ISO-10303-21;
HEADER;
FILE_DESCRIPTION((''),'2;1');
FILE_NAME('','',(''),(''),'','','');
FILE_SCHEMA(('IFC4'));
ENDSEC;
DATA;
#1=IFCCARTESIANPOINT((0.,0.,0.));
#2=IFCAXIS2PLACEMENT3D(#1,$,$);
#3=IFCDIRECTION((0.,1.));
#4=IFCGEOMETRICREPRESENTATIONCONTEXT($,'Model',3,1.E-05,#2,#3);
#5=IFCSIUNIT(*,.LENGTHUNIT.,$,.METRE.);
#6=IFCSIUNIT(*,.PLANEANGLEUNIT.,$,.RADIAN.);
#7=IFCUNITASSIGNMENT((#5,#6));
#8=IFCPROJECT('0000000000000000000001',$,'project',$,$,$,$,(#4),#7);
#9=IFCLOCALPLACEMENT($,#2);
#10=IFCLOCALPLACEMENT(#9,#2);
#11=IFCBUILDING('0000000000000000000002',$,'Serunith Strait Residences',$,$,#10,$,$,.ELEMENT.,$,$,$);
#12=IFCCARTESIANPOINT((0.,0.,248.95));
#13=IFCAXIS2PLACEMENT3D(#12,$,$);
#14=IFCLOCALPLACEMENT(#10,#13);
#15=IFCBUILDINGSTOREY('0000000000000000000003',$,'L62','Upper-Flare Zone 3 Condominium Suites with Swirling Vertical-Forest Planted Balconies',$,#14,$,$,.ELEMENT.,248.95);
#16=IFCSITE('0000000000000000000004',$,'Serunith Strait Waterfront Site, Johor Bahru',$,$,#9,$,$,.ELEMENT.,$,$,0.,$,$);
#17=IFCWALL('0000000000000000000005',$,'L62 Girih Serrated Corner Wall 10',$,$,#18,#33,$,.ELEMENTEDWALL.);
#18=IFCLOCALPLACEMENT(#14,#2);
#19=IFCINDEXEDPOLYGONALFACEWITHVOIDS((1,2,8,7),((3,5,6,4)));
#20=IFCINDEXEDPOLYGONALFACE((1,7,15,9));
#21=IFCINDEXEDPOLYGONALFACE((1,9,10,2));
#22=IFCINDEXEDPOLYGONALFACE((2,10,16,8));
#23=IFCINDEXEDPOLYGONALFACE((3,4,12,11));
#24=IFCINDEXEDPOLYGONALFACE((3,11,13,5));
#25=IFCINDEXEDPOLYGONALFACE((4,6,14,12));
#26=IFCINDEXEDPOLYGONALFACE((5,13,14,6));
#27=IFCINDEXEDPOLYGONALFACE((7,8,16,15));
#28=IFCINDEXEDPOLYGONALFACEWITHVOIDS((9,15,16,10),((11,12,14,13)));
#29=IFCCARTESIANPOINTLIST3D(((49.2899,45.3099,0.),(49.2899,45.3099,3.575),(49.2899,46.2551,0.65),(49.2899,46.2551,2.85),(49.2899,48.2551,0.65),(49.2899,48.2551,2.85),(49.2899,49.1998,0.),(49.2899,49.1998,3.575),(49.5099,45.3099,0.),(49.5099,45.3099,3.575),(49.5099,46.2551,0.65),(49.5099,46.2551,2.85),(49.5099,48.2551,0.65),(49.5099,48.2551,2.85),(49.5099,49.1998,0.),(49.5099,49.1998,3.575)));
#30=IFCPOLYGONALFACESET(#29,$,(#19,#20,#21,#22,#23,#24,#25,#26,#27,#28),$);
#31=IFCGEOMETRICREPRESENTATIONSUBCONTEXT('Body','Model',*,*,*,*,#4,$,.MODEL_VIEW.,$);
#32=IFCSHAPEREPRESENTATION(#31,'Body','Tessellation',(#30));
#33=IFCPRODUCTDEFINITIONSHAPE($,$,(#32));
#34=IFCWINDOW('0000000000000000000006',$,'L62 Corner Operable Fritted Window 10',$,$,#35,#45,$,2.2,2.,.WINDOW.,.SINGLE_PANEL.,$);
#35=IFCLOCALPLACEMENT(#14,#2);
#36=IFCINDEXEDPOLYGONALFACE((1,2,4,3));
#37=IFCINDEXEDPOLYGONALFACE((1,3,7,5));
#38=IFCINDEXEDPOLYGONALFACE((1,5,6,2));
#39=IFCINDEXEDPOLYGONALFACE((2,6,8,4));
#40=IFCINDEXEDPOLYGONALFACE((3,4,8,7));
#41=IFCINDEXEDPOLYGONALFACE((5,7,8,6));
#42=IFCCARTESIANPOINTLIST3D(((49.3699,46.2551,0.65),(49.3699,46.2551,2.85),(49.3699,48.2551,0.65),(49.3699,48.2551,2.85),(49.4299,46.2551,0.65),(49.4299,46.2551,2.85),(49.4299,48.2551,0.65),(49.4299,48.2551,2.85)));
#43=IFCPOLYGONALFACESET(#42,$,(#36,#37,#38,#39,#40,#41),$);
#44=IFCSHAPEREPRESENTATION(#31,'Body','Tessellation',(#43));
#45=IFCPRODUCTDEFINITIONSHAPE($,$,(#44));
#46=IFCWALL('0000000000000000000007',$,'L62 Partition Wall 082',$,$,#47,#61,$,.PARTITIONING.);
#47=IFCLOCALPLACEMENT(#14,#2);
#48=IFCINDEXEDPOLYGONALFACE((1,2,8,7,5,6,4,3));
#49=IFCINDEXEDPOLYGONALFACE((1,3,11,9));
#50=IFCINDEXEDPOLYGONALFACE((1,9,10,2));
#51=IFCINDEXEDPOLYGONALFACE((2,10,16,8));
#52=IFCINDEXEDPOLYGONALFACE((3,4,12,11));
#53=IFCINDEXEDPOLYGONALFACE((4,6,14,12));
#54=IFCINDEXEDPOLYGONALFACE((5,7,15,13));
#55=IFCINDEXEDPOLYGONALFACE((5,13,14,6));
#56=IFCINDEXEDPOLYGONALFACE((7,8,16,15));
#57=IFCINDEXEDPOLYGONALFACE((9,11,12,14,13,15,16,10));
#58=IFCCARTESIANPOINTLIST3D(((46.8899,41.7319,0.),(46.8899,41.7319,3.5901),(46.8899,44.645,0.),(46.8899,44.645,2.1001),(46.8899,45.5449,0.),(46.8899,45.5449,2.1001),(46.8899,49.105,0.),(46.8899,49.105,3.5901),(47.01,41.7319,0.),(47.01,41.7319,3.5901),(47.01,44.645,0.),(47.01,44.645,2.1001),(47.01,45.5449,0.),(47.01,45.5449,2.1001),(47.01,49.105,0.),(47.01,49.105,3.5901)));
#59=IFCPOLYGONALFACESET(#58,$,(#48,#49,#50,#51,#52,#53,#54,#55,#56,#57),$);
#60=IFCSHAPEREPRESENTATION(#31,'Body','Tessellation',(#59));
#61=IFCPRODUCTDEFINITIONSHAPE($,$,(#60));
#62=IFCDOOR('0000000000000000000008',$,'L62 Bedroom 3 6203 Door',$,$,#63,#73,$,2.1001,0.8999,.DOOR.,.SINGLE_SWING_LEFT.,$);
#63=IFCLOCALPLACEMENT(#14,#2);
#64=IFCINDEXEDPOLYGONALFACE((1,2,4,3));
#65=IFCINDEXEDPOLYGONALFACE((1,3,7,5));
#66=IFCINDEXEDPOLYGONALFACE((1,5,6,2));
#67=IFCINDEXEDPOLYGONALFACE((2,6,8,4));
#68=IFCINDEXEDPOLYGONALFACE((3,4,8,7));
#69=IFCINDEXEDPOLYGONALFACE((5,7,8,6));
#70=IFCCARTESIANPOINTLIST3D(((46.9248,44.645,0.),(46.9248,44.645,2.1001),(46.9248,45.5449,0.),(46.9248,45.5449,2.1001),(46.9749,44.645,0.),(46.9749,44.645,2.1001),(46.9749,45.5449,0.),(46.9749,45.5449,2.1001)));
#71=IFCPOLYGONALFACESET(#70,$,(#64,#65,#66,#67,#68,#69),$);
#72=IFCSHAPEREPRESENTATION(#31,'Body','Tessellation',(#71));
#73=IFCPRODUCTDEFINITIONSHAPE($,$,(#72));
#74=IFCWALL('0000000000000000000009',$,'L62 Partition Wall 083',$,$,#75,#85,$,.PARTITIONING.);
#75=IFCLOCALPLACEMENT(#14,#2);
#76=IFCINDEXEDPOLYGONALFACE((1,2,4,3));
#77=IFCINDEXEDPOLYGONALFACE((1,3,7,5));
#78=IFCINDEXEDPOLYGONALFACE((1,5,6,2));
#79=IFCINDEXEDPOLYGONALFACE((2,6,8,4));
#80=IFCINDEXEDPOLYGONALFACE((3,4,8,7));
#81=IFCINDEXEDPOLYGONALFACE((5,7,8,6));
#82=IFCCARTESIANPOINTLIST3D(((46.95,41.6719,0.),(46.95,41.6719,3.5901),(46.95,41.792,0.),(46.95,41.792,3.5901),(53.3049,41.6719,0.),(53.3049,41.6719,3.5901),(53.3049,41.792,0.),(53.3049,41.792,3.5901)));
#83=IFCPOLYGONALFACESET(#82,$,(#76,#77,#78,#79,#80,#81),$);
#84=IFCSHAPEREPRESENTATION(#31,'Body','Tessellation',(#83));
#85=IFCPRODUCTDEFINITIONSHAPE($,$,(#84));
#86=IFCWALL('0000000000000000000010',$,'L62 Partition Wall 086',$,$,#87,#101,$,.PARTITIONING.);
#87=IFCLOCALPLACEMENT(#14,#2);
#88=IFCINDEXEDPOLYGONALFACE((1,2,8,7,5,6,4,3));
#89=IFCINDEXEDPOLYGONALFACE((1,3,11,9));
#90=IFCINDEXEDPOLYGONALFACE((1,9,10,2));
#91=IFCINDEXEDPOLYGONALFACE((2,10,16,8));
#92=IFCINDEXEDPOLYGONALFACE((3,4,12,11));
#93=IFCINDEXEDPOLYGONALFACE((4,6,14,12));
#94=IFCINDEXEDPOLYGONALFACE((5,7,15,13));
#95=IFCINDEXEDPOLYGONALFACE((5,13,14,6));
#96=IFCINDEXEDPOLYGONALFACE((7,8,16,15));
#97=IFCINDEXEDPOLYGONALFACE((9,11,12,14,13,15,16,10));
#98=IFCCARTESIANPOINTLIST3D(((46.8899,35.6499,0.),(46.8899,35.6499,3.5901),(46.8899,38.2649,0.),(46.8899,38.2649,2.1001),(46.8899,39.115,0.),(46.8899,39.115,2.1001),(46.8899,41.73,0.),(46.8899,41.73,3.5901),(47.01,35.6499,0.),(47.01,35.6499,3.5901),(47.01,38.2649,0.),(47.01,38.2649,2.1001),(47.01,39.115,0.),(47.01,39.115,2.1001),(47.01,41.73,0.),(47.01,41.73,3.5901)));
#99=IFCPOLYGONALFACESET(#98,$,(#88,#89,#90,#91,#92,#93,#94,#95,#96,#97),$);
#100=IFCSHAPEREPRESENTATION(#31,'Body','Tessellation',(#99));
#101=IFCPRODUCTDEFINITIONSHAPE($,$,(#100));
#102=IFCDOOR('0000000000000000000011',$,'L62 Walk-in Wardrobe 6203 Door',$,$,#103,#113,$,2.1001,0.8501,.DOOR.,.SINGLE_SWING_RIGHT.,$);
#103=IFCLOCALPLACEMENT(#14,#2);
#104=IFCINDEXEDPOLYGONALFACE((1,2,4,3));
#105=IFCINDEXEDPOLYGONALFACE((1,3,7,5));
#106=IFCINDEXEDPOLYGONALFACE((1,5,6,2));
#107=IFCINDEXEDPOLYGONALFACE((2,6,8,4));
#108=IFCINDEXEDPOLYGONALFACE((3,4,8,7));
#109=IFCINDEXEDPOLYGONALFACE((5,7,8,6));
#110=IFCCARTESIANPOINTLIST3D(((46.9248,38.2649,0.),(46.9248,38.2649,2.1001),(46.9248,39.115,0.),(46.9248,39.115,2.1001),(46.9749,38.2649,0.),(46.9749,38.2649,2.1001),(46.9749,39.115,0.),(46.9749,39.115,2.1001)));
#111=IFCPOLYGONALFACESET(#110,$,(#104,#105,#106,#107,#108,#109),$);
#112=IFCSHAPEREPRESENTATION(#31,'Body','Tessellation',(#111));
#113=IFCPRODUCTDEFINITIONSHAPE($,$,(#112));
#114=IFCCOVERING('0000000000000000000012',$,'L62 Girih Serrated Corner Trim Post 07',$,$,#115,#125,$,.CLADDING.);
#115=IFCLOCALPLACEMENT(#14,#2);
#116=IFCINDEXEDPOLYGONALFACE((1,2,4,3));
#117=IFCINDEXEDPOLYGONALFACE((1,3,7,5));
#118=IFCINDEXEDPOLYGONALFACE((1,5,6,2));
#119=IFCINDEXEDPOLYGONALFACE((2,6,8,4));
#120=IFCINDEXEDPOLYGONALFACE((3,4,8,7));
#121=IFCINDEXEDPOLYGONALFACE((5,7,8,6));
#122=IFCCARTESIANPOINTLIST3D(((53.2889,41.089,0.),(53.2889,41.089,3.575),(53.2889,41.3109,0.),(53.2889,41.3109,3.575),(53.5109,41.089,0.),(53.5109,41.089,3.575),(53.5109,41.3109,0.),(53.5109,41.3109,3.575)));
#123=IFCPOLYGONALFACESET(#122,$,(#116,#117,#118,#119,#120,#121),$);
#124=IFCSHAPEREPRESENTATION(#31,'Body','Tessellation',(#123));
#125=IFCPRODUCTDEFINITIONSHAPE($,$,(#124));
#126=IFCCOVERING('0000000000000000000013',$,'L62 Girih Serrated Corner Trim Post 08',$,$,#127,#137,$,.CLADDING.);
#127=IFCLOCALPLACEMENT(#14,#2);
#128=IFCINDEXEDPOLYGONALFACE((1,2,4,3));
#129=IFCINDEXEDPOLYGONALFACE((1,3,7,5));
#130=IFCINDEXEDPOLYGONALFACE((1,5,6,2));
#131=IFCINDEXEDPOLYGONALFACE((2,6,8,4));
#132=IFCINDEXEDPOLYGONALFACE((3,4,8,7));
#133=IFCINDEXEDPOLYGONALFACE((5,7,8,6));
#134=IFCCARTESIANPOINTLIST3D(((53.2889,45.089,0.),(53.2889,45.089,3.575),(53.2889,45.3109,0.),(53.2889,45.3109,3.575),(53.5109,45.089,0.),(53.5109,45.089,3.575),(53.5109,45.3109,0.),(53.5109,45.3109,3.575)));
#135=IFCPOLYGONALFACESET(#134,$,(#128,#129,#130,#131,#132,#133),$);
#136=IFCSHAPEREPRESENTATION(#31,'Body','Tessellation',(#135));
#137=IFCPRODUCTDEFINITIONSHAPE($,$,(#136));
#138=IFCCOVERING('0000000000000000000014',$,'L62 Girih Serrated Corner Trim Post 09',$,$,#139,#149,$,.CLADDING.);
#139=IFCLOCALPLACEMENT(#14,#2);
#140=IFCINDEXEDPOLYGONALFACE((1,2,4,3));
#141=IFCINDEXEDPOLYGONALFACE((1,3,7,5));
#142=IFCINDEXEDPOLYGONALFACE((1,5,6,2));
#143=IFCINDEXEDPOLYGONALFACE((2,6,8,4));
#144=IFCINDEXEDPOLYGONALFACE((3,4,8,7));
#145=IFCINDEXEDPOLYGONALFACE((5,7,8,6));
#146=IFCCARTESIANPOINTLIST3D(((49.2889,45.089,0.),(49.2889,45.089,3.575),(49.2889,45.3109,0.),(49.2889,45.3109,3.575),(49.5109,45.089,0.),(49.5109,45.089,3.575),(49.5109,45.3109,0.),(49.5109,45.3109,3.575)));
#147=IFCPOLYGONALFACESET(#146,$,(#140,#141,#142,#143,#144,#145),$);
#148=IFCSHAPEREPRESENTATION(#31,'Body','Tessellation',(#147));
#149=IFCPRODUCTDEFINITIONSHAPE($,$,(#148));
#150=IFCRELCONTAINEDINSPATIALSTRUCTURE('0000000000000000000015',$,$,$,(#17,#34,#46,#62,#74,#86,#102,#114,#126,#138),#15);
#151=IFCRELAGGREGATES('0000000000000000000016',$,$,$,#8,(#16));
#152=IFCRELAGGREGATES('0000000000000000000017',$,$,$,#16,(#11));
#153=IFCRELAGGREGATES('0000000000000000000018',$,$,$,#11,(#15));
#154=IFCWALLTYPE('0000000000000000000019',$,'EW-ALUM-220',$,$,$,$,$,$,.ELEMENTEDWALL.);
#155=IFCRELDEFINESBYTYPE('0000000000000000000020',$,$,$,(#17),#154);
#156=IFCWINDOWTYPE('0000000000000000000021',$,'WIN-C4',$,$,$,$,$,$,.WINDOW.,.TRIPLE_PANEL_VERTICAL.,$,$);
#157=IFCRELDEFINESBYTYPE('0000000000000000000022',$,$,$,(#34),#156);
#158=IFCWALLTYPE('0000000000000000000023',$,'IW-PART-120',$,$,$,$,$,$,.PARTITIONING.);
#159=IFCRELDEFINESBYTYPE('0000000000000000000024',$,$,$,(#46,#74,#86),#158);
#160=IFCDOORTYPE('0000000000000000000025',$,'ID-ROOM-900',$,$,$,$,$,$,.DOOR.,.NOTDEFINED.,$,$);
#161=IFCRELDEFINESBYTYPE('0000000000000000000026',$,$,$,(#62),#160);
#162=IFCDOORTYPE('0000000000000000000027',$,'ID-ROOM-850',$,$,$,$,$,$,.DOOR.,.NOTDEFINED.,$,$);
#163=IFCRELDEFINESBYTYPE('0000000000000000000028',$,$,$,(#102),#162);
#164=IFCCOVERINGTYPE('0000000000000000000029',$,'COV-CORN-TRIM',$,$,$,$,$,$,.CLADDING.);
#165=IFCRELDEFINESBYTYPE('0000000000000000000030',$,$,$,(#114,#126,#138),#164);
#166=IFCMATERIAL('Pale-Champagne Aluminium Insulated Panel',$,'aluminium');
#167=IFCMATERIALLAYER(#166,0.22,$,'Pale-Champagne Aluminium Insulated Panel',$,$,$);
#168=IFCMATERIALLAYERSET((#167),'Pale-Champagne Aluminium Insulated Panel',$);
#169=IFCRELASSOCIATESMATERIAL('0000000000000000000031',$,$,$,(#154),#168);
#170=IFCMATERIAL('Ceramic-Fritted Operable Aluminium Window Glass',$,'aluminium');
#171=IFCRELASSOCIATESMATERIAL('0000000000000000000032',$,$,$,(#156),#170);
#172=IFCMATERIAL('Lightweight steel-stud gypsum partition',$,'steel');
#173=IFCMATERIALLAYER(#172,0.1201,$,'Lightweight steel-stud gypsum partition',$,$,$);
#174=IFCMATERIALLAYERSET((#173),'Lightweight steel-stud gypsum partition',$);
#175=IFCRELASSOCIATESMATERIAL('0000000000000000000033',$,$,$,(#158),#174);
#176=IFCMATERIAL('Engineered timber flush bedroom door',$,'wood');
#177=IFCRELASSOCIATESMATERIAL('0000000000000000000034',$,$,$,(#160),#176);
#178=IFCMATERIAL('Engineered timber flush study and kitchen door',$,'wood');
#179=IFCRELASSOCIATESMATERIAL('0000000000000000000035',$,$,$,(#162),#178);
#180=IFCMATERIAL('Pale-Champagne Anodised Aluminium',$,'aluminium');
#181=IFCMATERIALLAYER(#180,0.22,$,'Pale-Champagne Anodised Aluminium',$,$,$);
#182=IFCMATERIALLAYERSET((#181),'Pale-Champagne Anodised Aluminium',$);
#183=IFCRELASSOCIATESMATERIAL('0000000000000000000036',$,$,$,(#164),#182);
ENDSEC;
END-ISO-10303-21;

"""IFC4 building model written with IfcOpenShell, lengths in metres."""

from ifc_helpers import new_model, si_unit, direction, frame, frame_2d, origin, origin_2d, place, context, subcontext, project, spatial, rectangle, extrude, source, transform, mapped, material, layer, layer_set, type_object, element, fill, save


model = new_model("IFC4")

# Units and contexts
model_context = context("Model", 3, precision=1e-05, world=origin(), true_north=direction((0.0, 1.0)))
body_context = subcontext(model_context, "Body", "Model", "MODEL_VIEW")
ifc_project = project(units=[si_unit("LENGTHUNIT", "METRE"), si_unit("PLANEANGLEUNIT", "RADIAN")], contexts=[model_context])

# Site, building, storey
site_placement = place(None, origin())
site = spatial("IfcSite", under=ifc_project, at=site_placement, Name="Serunith Strait Waterfront Site, Johor Bahru", CompositionType="ELEMENT", RefElevation=0.0)
building_placement = place(site_placement, origin())
building = spatial("IfcBuilding", under=site, at=building_placement, Name="Serunith Strait Residences", CompositionType="ELEMENT")
storey_placement = place(building_placement, frame((0.0, 0.0, 248.95)))
storey = spatial("IfcBuildingStorey", under=building, at=storey_placement, Name="L62", Description="Upper-Flare Zone 3 Condominium Suites with Swirling Vertical-Forest Planted Balconies", CompositionType="ELEMENT", Elevation=248.95)

# Shared definitions
ifc_material_1 = material(Name="Pale-Champagne Anodised Aluminium", Category="aluminium")

# Wall, opening, window
ifc_material_2 = material(Name="Pale-Champagne Aluminium Insulated Panel", Category="aluminium")
ifc_layer_1 = layer(ifc_material_2, 0.22, Name="Pale-Champagne Aluminium Insulated Panel")
ifc_layer_set_1 = layer_set([ifc_layer_1], Name="Pale-Champagne Aluminium Insulated Panel")
wall_type_1 = type_object("IfcWallType", Name="EW-ALUM-220", PredefinedType="ELEMENTEDWALL", material=ifc_layer_set_1)
ifc_material_3 = material(Name="Ceramic-Fritted Operable Aluminium Window Glass", Category="aluminium")
window_type = type_object("IfcWindowType", Name="WIN-C4", PartitioningType="TRIPLE_PANEL_VERTICAL", PredefinedType="WINDOW", material=ifc_material_3)
shared_shape_1 = source(origin(), body_context, "Body", "SweptSolid", [
    extrude(rectangle(XDim=2.0, YDim=2.2, at=frame_2d((1.0, 1.1001))), frame((0.0, 0.03, 0.0), z_axis=(0.0, -1.0, 0.0), x_axis=(1.0, 0.0, 0.0)), (0.0, 0.0, 1.0), 0.0601),
])
wall_1_placement = place(storey_placement, frame((49.3999, 45.3101, 0.0), z_axis=(0.0, 0.0, 1.0), x_axis=(0.0, 1.0, 0.0)))
wall_1 = element("IfcWall", 1, at=wall_1_placement, inside=storey, type_object=wall_type_1, Name="L62 Girih Serrated Corner Wall 10", PredefinedType="ELEMENTEDWALL", context=body_context, shape_type="SweptSolid", body=[
    extrude(rectangle(XDim=3.8899, YDim=0.22, at=frame_2d((1.9448, 0.0))), origin(), (0.0, 0.0, 1.0), 3.575),
])
opening_1_placement = place(wall_1_placement, frame((0.9451, 0.0, 0.6499)))
opening_1 = element("IfcOpeningElement", 2, at=opening_1_placement, cuts=wall_1, PredefinedType="OPENING", context=body_context, shape_type="SweptSolid", body=[
    extrude(rectangle(XDim=2.0, YDim=2.2, at=frame_2d((1.0, 1.1001))), frame((0.0, 0.1201, 0.0), z_axis=(0.0, -1.0, 0.0), x_axis=(1.0, 0.0, 0.0)), (0.0, 0.0, 1.0), 0.24),
])
window_1_placement = place(opening_1_placement, origin())
window_1 = element("IfcWindow", 3, at=window_1_placement, inside=storey, type_object=window_type, Name="L62 Corner Operable Fritted Window 10", OverallHeight=2.2, OverallWidth=2.0, PartitioningType="SINGLE_PANEL", PredefinedType="WINDOW", context=body_context, shape_type="MappedRepresentation", body=[
    mapped(shared_shape_1, transform((0.0, 0.0, 0.0), scale=1.0)),
])
fill(opening_1, window_1)

# Wall, opening, door
ifc_material_4 = material(Name="Lightweight steel-stud gypsum partition", Category="steel")
ifc_layer_2 = layer(ifc_material_4, 0.1201, Name="Lightweight steel-stud gypsum partition")
ifc_layer_set_2 = layer_set([ifc_layer_2], Name="Lightweight steel-stud gypsum partition")
wall_type_2 = type_object("IfcWallType", Name="IW-PART-120", PredefinedType="PARTITIONING", material=ifc_layer_set_2)
wall_2_placement = place(storey_placement, frame((46.95, 49.105, 0.0), z_axis=(0.0, 0.0, 1.0), x_axis=(0.0, -1.0, 0.0)))
wall_2 = element("IfcWall", 4, at=wall_2_placement, inside=storey, type_object=wall_type_2, Name="L62 Partition Wall 082", PredefinedType="PARTITIONING", context=body_context, shape_type="SweptSolid", body=[
    extrude(rectangle(XDim=7.373, YDim=0.1201, at=frame_2d((3.6865, 0.0))), origin(), (0.0, 0.0, 1.0), 3.5901),
])
opening_2_placement = place(wall_2_placement, frame((3.5601, 0.0, 0.0)))
opening_2 = element("IfcOpeningElement", 5, at=opening_2_placement, cuts=wall_2, PredefinedType="OPENING", context=body_context, shape_type="SweptSolid", body=[
    extrude(rectangle(XDim=0.8999, YDim=2.1001, at=frame_2d((0.45, 1.05))), frame((0.0, 0.0701, 0.0), z_axis=(0.0, -1.0, 0.0), x_axis=(1.0, 0.0, 0.0)), (0.0, 0.0, 1.0), 0.1401),
])
ifc_material_5 = material(Name="Engineered timber flush bedroom door", Category="wood")
door_type_1 = type_object("IfcDoorType", Name="ID-ROOM-900", OperationType="NOTDEFINED", PredefinedType="DOOR", material=ifc_material_5)
shared_shape_2 = source(origin(), body_context, "Body", "SweptSolid", [
    extrude(rectangle(XDim=0.8999, YDim=2.1001, at=frame_2d((0.45, 1.05))), frame((0.0, 0.0249, 0.0), z_axis=(0.0, -1.0, 0.0), x_axis=(1.0, 0.0, 0.0)), (0.0, 0.0, 1.0), 0.05),
])
door_1_placement = place(opening_2_placement, origin())
door_1 = element("IfcDoor", 6, at=door_1_placement, inside=storey, type_object=door_type_1, Name="L62 Bedroom 3 6203 Door", OperationType="SINGLE_SWING_LEFT", OverallHeight=2.1001, OverallWidth=0.8999, PredefinedType="DOOR", context=body_context, shape_type="MappedRepresentation", body=[
    mapped(shared_shape_2, transform((0.0, 0.0, 0.0), scale=1.0)),
])
fill(opening_2, door_1)

# Wall
wall_3_placement = place(storey_placement, frame((46.95, 41.7319, 0.0), z_axis=(0.0, 0.0, 1.0), x_axis=(1.0, 0.0, 0.0)))
element("IfcWall", 7, at=wall_3_placement, inside=storey, type_object=wall_type_2, Name="L62 Partition Wall 083", PredefinedType="PARTITIONING", context=body_context, shape_type="SweptSolid", body=[
    extrude(rectangle(XDim=6.355, YDim=0.1201, at=frame_2d((3.1775, 0.0))), origin(), (0.0, 0.0, 1.0), 3.5901),
])

# Wall, opening, door
wall_4_placement = place(storey_placement, frame((46.95, 41.73, 0.0), z_axis=(0.0, 0.0, 1.0), x_axis=(0.0, -1.0, 0.0)))
wall_4 = element("IfcWall", 8, at=wall_4_placement, inside=storey, type_object=wall_type_2, Name="L62 Partition Wall 086", PredefinedType="PARTITIONING", context=body_context, shape_type="SweptSolid", body=[
    extrude(rectangle(XDim=6.0801, YDim=0.1201, at=frame_2d((3.04, 0.0))), origin(), (0.0, 0.0, 1.0), 3.5901),
])
opening_3_placement = place(wall_4_placement, frame((2.615, 0.0, 0.0)))
opening_3 = element("IfcOpeningElement", 9, at=opening_3_placement, cuts=wall_4, PredefinedType="OPENING", context=body_context, shape_type="SweptSolid", body=[
    extrude(rectangle(XDim=0.8501, YDim=2.1001, at=frame_2d((0.425, 1.05))), frame((0.0, 0.0701, 0.0), z_axis=(0.0, -1.0, 0.0), x_axis=(1.0, 0.0, 0.0)), (0.0, 0.0, 1.0), 0.1401),
])
ifc_material_6 = material(Name="Engineered timber flush study and kitchen door", Category="wood")
door_type_2 = type_object("IfcDoorType", Name="ID-ROOM-850", OperationType="NOTDEFINED", PredefinedType="DOOR", material=ifc_material_6)
shared_shape_3 = source(origin(), body_context, "Body", "SweptSolid", [
    extrude(rectangle(XDim=0.8501, YDim=2.1001, at=frame_2d((0.425, 1.05))), frame((0.0, 0.0249, 0.0), z_axis=(0.0, -1.0, 0.0), x_axis=(1.0, 0.0, 0.0)), (0.0, 0.0, 1.0), 0.05),
])
door_2_placement = place(opening_3_placement, origin())
door_2 = element("IfcDoor", 10, at=door_2_placement, inside=storey, type_object=door_type_2, Name="L62 Walk-in Wardrobe 6203 Door", OperationType="SINGLE_SWING_RIGHT", OverallHeight=2.1001, OverallWidth=0.8501, PredefinedType="DOOR", context=body_context, shape_type="MappedRepresentation", body=[
    mapped(shared_shape_3, transform((0.0, 0.0, 0.0), scale=1.0)),
])
fill(opening_3, door_2)

# Coverings
ifc_layer_3 = layer(ifc_material_1, 0.22, Name="Pale-Champagne Anodised Aluminium")
ifc_layer_set_3 = layer_set([ifc_layer_3], Name="Pale-Champagne Anodised Aluminium")
covering_type = type_object("IfcCoveringType", Name="COV-CORN-TRIM", PredefinedType="CLADDING", material=ifc_layer_set_3)
shared_shape_4 = source(origin(), body_context, "Body", "SweptSolid", [
    extrude(rectangle(XDim=0.2219, YDim=0.2219, at=origin_2d()), origin(), (0.0, 0.0, 1.0), 3.575),
])
for number, where, z_axis, x_axis, name in (
    (11, (53.3999, 41.2, 0.0), (0.0, 0.0, 1.0), (1.0, 0.0, 0.0), "L62 Girih Serrated Corner Trim Post 07"),
    (12, (53.3999, 45.2, 0.0), (0.0, 0.0, 1.0), (1.0, 0.0, 0.0), "L62 Girih Serrated Corner Trim Post 08"),
    (13, (49.3999, 45.2, 0.0), (0.0, 0.0, 1.0), (1.0, 0.0, 0.0), "L62 Girih Serrated Corner Trim Post 09"),
):
    element("IfcCovering", number, at=place(storey_placement, frame(where, z_axis=z_axis, x_axis=x_axis)), inside=storey, type_object=covering_type, Name=name, PredefinedType="CLADDING", context=body_context, shape_type="MappedRepresentation", body=[
        mapped(shared_shape_4, transform((0.0, 0.0, 0.0), scale=1.0)),
    ])

save(model, "model.ifc")
